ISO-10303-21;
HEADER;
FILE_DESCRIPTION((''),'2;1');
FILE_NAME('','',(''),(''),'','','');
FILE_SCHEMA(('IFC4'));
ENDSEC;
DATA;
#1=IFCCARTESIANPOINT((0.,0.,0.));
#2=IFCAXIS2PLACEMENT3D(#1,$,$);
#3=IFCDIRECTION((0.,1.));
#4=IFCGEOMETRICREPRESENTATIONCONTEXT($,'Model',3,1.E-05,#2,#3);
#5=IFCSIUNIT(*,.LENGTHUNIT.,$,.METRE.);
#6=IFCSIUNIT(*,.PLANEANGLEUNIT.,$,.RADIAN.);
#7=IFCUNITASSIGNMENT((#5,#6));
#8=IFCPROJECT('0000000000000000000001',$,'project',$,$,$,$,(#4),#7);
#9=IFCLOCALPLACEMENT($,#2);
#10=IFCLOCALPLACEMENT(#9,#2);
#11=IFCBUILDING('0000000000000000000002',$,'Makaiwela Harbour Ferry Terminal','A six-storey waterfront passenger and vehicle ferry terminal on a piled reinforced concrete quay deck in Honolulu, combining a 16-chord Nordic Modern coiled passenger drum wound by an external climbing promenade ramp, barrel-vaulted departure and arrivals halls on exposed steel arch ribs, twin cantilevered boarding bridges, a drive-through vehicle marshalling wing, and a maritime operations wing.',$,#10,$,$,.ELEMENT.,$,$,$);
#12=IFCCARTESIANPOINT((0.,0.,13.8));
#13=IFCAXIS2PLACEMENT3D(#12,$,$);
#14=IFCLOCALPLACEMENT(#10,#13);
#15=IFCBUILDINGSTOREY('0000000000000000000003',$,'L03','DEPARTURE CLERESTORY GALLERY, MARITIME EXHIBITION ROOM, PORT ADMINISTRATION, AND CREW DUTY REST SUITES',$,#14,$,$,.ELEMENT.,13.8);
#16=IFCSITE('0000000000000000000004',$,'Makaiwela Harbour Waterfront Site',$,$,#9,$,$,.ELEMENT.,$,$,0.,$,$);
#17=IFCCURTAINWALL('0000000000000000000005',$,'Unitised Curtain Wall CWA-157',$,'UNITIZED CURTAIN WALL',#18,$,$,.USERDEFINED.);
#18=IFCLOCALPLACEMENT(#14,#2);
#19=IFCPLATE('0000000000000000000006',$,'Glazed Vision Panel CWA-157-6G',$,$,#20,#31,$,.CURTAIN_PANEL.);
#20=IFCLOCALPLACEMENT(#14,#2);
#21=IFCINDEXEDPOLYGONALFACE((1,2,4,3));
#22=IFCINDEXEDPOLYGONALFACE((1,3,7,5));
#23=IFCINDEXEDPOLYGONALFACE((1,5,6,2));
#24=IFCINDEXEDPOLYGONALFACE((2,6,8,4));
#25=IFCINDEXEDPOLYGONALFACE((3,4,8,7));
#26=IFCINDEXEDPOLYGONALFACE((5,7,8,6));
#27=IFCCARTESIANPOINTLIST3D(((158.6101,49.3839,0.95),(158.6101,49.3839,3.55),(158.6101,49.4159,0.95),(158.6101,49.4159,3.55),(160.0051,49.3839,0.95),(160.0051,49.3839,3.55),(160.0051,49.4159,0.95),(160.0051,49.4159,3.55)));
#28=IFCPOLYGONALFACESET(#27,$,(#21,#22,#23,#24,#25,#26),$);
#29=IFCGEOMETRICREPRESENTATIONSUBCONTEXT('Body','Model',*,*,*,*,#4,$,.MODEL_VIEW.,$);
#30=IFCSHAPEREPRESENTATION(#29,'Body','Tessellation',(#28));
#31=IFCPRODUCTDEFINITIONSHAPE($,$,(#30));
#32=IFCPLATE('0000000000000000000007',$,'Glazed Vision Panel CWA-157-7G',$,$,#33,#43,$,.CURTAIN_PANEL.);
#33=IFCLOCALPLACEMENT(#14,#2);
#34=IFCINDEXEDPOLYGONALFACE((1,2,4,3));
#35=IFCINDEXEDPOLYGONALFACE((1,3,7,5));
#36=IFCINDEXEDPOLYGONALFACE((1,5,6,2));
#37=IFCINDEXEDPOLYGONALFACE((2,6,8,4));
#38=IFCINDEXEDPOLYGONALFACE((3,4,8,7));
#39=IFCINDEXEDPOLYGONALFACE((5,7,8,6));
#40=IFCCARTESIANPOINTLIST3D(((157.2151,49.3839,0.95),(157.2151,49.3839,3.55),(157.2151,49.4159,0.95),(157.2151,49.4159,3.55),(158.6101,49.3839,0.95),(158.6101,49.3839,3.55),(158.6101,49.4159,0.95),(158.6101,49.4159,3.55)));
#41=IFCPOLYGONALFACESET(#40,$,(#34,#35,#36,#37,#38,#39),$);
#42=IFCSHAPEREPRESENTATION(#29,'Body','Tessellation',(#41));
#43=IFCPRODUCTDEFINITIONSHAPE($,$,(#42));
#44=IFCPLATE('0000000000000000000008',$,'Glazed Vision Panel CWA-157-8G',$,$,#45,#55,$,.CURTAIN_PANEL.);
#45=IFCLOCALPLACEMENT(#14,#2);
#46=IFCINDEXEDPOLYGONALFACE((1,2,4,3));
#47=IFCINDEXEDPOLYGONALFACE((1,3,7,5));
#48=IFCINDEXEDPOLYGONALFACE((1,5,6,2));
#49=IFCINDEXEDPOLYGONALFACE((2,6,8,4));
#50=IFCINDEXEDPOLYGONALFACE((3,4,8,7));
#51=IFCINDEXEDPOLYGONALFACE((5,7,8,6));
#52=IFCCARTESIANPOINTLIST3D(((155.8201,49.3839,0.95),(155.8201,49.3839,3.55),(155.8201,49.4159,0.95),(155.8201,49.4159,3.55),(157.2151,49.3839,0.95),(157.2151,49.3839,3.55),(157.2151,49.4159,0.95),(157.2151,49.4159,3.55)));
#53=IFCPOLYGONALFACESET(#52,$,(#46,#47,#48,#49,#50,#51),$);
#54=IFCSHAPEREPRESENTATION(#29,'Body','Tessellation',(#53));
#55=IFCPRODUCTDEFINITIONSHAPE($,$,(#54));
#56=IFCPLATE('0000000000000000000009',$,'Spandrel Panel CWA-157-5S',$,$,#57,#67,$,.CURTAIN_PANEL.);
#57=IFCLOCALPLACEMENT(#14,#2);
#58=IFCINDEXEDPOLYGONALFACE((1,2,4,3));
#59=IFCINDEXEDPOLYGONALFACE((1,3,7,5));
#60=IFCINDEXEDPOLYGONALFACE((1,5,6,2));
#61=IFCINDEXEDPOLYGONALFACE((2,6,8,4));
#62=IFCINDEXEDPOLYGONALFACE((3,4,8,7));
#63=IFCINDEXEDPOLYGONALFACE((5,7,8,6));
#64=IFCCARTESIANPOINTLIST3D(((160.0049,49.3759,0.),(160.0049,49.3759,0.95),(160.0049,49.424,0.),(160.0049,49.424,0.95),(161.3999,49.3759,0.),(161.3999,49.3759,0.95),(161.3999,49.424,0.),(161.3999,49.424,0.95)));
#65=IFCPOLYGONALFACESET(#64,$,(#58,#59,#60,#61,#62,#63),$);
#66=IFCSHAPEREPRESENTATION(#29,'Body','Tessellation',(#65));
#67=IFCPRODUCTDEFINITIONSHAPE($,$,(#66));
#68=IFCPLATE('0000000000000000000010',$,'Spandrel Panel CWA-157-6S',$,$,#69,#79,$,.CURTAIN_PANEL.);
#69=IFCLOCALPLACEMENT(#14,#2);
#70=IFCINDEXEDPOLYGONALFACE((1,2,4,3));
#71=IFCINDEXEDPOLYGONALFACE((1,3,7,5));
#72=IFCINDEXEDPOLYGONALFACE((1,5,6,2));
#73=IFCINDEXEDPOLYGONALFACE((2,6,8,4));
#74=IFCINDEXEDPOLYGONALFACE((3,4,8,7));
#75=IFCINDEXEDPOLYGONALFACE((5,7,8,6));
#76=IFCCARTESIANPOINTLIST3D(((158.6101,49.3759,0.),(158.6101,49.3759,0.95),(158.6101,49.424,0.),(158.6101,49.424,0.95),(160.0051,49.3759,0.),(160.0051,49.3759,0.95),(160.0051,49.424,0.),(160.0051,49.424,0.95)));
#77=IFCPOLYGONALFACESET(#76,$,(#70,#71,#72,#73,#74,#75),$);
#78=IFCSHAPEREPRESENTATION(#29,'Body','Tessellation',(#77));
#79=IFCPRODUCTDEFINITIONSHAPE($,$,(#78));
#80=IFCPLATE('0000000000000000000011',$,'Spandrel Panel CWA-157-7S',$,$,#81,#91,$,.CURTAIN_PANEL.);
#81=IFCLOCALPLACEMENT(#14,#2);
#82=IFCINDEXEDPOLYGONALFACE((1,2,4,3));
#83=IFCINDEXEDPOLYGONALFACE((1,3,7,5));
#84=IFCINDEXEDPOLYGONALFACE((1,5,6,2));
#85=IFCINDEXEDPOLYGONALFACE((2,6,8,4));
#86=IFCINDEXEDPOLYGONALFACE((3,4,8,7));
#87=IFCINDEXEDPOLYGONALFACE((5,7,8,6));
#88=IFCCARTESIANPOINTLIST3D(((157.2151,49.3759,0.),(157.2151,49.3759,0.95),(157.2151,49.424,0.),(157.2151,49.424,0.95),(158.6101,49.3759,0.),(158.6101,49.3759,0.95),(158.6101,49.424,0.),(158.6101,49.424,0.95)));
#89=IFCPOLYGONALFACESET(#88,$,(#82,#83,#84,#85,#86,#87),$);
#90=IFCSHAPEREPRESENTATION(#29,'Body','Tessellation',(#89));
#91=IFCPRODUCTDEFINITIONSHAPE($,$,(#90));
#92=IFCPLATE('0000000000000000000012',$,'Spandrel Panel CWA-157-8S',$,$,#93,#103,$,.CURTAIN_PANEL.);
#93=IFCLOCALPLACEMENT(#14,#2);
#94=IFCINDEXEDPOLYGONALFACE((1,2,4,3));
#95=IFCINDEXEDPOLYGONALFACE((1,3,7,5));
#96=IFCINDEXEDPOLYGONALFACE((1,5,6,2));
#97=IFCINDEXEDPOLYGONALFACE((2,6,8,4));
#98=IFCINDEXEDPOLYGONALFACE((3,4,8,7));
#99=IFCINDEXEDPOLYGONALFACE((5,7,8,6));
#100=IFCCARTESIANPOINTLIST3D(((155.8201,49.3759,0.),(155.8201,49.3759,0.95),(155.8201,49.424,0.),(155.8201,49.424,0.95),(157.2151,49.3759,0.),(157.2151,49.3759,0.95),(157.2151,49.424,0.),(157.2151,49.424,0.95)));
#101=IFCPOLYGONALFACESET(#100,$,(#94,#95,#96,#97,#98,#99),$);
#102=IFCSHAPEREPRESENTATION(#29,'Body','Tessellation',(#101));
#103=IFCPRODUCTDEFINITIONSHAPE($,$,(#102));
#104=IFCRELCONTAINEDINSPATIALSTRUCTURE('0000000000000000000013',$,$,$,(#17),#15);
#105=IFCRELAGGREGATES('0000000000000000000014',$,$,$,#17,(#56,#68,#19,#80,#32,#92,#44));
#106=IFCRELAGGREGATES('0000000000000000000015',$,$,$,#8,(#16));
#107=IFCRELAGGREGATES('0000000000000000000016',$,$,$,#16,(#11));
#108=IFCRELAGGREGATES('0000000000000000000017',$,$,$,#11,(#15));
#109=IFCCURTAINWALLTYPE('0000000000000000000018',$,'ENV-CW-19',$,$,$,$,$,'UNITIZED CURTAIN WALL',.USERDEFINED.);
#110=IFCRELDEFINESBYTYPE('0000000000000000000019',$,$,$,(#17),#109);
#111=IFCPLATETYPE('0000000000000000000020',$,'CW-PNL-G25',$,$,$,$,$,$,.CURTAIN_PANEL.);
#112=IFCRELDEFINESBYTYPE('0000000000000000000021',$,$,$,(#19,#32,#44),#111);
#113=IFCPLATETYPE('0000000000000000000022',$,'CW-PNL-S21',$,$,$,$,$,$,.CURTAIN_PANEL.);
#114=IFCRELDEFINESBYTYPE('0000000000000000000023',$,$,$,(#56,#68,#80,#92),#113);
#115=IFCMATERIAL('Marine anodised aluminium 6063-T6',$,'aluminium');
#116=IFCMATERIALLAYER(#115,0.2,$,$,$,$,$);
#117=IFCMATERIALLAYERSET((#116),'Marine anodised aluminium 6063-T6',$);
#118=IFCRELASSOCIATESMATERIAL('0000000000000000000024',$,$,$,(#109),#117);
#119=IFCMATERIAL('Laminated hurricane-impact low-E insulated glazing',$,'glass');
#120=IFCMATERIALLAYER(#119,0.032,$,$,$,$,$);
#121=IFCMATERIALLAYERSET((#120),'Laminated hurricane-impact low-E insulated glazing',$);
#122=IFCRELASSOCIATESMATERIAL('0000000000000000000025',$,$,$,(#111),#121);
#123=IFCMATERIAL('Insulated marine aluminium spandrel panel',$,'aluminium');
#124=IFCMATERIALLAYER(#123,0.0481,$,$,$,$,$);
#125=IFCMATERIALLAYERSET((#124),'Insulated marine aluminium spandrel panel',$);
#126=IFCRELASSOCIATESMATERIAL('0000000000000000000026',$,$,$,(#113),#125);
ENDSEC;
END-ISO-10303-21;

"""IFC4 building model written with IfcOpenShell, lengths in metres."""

from ifc_helpers import new_model, si_unit, direction, frame, origin, origin_2d, place, context, subcontext, project, spatial, rectangle, extrude, material, layer, layer_set, type_object, element, aggregate, save


model = new_model("IFC4")

# Units and contexts
model_context = context("Model", 3, precision=1e-05, world=origin(), true_north=direction((0.0, 1.0)))
body_context = subcontext(model_context, "Body", "Model", "MODEL_VIEW")
ifc_project = project(units=[si_unit("LENGTHUNIT", "METRE"), si_unit("PLANEANGLEUNIT", "RADIAN")], contexts=[model_context])

# Site, building, storey
site_placement = place(None, origin())
site = spatial("IfcSite", under=ifc_project, at=site_placement, Name="Makaiwela Harbour Waterfront Site", CompositionType="ELEMENT", RefElevation=0.0)
building_placement = place(site_placement, origin())
building = spatial("IfcBuilding", under=site, at=building_placement, Name="Makaiwela Harbour Ferry Terminal", Description="A six-storey waterfront passenger and vehicle ferry terminal on a piled reinforced concrete quay deck in Honolulu, combining a 16-chord Nordic Modern coiled passenger drum wound by an external climbing promenade ramp, barrel-vaulted departure and arrivals halls on exposed steel arch ribs, twin cantilevered boarding bridges, a drive-through vehicle marshalling wing, and a maritime operations wing.", CompositionType="ELEMENT")
storey_placement = place(building_placement, frame((0.0, 0.0, 13.8)))
storey = spatial("IfcBuildingStorey", under=building, at=storey_placement, Name="L03", Description="DEPARTURE CLERESTORY GALLERY, MARITIME EXHIBITION ROOM, PORT ADMINISTRATION, AND CREW DUTY REST SUITES", CompositionType="ELEMENT", Elevation=13.8)

# Curtain wall
ifc_material_1 = material(Name="Marine anodised aluminium 6063-T6", Category="aluminium")
ifc_layer_1 = layer(ifc_material_1, 0.2)
ifc_layer_set_1 = layer_set([ifc_layer_1], Name="Marine anodised aluminium 6063-T6")
curtain_wall_type_1 = type_object("IfcCurtainWallType", Name="ENV-CW-19", ElementType="UNITIZED CURTAIN WALL", PredefinedType="USERDEFINED", material=ifc_layer_set_1)
curtain_wall_1_placement = place(storey_placement, origin())
curtain_wall_1 = element("IfcCurtainWall", 1, at=curtain_wall_1_placement, inside=storey, type_object=curtain_wall_type_1, Name="Unitised Curtain Wall CWA-157", ObjectType="UNITIZED CURTAIN WALL", PredefinedType="USERDEFINED")

# Plates
ifc_material_2 = material(Name="Laminated hurricane-impact low-E insulated glazing", Category="glass")
ifc_layer_2 = layer(ifc_material_2, 0.032)
ifc_layer_set_2 = layer_set([ifc_layer_2], Name="Laminated hurricane-impact low-E insulated glazing")
plate_type_1 = type_object("IfcPlateType", Name="CW-PNL-G25", PredefinedType="CURTAIN_PANEL", material=ifc_layer_set_2)
plate_1_placement = place(storey_placement, frame((159.3076, 49.3999, 0.95), z_axis=(0.0, 0.0, 1.0), x_axis=(-1.0, 0.0, 0.0)))
plate_1 = element("IfcPlate", 2, at=plate_1_placement, type_object=plate_type_1, Name="Glazed Vision Panel CWA-157-6G", PredefinedType="CURTAIN_PANEL", context=body_context, shape_type="SweptSolid", body=[
    extrude(rectangle(XDim=1.395, YDim=0.032, at=origin_2d()), origin(), (0.0, 0.0, 1.0), 2.6001),
])
plate_2_placement = place(storey_placement, frame((157.9126, 49.3999, 0.95), z_axis=(0.0, 0.0, 1.0), x_axis=(-1.0, 0.0, 0.0)))
plate_2 = element("IfcPlate", 3, at=plate_2_placement, type_object=plate_type_1, Name="Glazed Vision Panel CWA-157-7G", PredefinedType="CURTAIN_PANEL", context=body_context, shape_type="SweptSolid", body=[
    extrude(rectangle(XDim=1.395, YDim=0.032, at=origin_2d()), origin(), (0.0, 0.0, 1.0), 2.6001),
])
plate_3_placement = place(storey_placement, frame((156.5176, 49.3999, 0.95), z_axis=(0.0, 0.0, 1.0), x_axis=(-1.0, 0.0, 0.0)))
plate_3 = element("IfcPlate", 4, at=plate_3_placement, type_object=plate_type_1, Name="Glazed Vision Panel CWA-157-8G", PredefinedType="CURTAIN_PANEL", context=body_context, shape_type="SweptSolid", body=[
    extrude(rectangle(XDim=1.395, YDim=0.032, at=origin_2d()), origin(), (0.0, 0.0, 1.0), 2.6001),
])
ifc_material_3 = material(Name="Insulated marine aluminium spandrel panel", Category="aluminium")
ifc_layer_3 = layer(ifc_material_3, 0.0481)
ifc_layer_set_3 = layer_set([ifc_layer_3], Name="Insulated marine aluminium spandrel panel")
plate_type_2 = type_object("IfcPlateType", Name="CW-PNL-S21", PredefinedType="CURTAIN_PANEL", material=ifc_layer_set_3)
plate_4_placement = place(storey_placement, frame((160.7024, 49.3999, 0.0), z_axis=(0.0, 0.0, 1.0), x_axis=(-1.0, 0.0, 0.0)))
plate_4 = element("IfcPlate", 5, at=plate_4_placement, type_object=plate_type_2, Name="Spandrel Panel CWA-157-5S", PredefinedType="CURTAIN_PANEL", context=body_context, shape_type="SweptSolid", body=[
    extrude(rectangle(XDim=1.395, YDim=0.0481, at=origin_2d()), origin(), (0.0, 0.0, 1.0), 0.95),
])
plate_5_placement = place(storey_placement, frame((159.3076, 49.3999, 0.0), z_axis=(0.0, 0.0, 1.0), x_axis=(-1.0, 0.0, 0.0)))
plate_5 = element("IfcPlate", 6, at=plate_5_placement, type_object=plate_type_2, Name="Spandrel Panel CWA-157-6S", PredefinedType="CURTAIN_PANEL", context=body_context, shape_type="SweptSolid", body=[
    extrude(rectangle(XDim=1.395, YDim=0.0481, at=origin_2d()), origin(), (0.0, 0.0, 1.0), 0.95),
])
plate_6_placement = place(storey_placement, frame((157.9126, 49.3999, 0.0), z_axis=(0.0, 0.0, 1.0), x_axis=(-1.0, 0.0, 0.0)))
plate_6 = element("IfcPlate", 7, at=plate_6_placement, type_object=plate_type_2, Name="Spandrel Panel CWA-157-7S", PredefinedType="CURTAIN_PANEL", context=body_context, shape_type="SweptSolid", body=[
    extrude(rectangle(XDim=1.395, YDim=0.0481, at=origin_2d()), origin(), (0.0, 0.0, 1.0), 0.95),
])
plate_7_placement = place(storey_placement, frame((156.5176, 49.3999, 0.0), z_axis=(0.0, 0.0, 1.0), x_axis=(-1.0, 0.0, 0.0)))
plate_7 = element("IfcPlate", 8, at=plate_7_placement, type_object=plate_type_2, Name="Spandrel Panel CWA-157-8S", PredefinedType="CURTAIN_PANEL", context=body_context, shape_type="SweptSolid", body=[
    extrude(rectangle(XDim=1.395, YDim=0.0481, at=origin_2d()), origin(), (0.0, 0.0, 1.0), 0.95),
])
aggregate(curtain_wall_1, [plate_4, plate_5, plate_1, plate_6, plate_2, plate_7, plate_3])

save(model, "model.ifc")
